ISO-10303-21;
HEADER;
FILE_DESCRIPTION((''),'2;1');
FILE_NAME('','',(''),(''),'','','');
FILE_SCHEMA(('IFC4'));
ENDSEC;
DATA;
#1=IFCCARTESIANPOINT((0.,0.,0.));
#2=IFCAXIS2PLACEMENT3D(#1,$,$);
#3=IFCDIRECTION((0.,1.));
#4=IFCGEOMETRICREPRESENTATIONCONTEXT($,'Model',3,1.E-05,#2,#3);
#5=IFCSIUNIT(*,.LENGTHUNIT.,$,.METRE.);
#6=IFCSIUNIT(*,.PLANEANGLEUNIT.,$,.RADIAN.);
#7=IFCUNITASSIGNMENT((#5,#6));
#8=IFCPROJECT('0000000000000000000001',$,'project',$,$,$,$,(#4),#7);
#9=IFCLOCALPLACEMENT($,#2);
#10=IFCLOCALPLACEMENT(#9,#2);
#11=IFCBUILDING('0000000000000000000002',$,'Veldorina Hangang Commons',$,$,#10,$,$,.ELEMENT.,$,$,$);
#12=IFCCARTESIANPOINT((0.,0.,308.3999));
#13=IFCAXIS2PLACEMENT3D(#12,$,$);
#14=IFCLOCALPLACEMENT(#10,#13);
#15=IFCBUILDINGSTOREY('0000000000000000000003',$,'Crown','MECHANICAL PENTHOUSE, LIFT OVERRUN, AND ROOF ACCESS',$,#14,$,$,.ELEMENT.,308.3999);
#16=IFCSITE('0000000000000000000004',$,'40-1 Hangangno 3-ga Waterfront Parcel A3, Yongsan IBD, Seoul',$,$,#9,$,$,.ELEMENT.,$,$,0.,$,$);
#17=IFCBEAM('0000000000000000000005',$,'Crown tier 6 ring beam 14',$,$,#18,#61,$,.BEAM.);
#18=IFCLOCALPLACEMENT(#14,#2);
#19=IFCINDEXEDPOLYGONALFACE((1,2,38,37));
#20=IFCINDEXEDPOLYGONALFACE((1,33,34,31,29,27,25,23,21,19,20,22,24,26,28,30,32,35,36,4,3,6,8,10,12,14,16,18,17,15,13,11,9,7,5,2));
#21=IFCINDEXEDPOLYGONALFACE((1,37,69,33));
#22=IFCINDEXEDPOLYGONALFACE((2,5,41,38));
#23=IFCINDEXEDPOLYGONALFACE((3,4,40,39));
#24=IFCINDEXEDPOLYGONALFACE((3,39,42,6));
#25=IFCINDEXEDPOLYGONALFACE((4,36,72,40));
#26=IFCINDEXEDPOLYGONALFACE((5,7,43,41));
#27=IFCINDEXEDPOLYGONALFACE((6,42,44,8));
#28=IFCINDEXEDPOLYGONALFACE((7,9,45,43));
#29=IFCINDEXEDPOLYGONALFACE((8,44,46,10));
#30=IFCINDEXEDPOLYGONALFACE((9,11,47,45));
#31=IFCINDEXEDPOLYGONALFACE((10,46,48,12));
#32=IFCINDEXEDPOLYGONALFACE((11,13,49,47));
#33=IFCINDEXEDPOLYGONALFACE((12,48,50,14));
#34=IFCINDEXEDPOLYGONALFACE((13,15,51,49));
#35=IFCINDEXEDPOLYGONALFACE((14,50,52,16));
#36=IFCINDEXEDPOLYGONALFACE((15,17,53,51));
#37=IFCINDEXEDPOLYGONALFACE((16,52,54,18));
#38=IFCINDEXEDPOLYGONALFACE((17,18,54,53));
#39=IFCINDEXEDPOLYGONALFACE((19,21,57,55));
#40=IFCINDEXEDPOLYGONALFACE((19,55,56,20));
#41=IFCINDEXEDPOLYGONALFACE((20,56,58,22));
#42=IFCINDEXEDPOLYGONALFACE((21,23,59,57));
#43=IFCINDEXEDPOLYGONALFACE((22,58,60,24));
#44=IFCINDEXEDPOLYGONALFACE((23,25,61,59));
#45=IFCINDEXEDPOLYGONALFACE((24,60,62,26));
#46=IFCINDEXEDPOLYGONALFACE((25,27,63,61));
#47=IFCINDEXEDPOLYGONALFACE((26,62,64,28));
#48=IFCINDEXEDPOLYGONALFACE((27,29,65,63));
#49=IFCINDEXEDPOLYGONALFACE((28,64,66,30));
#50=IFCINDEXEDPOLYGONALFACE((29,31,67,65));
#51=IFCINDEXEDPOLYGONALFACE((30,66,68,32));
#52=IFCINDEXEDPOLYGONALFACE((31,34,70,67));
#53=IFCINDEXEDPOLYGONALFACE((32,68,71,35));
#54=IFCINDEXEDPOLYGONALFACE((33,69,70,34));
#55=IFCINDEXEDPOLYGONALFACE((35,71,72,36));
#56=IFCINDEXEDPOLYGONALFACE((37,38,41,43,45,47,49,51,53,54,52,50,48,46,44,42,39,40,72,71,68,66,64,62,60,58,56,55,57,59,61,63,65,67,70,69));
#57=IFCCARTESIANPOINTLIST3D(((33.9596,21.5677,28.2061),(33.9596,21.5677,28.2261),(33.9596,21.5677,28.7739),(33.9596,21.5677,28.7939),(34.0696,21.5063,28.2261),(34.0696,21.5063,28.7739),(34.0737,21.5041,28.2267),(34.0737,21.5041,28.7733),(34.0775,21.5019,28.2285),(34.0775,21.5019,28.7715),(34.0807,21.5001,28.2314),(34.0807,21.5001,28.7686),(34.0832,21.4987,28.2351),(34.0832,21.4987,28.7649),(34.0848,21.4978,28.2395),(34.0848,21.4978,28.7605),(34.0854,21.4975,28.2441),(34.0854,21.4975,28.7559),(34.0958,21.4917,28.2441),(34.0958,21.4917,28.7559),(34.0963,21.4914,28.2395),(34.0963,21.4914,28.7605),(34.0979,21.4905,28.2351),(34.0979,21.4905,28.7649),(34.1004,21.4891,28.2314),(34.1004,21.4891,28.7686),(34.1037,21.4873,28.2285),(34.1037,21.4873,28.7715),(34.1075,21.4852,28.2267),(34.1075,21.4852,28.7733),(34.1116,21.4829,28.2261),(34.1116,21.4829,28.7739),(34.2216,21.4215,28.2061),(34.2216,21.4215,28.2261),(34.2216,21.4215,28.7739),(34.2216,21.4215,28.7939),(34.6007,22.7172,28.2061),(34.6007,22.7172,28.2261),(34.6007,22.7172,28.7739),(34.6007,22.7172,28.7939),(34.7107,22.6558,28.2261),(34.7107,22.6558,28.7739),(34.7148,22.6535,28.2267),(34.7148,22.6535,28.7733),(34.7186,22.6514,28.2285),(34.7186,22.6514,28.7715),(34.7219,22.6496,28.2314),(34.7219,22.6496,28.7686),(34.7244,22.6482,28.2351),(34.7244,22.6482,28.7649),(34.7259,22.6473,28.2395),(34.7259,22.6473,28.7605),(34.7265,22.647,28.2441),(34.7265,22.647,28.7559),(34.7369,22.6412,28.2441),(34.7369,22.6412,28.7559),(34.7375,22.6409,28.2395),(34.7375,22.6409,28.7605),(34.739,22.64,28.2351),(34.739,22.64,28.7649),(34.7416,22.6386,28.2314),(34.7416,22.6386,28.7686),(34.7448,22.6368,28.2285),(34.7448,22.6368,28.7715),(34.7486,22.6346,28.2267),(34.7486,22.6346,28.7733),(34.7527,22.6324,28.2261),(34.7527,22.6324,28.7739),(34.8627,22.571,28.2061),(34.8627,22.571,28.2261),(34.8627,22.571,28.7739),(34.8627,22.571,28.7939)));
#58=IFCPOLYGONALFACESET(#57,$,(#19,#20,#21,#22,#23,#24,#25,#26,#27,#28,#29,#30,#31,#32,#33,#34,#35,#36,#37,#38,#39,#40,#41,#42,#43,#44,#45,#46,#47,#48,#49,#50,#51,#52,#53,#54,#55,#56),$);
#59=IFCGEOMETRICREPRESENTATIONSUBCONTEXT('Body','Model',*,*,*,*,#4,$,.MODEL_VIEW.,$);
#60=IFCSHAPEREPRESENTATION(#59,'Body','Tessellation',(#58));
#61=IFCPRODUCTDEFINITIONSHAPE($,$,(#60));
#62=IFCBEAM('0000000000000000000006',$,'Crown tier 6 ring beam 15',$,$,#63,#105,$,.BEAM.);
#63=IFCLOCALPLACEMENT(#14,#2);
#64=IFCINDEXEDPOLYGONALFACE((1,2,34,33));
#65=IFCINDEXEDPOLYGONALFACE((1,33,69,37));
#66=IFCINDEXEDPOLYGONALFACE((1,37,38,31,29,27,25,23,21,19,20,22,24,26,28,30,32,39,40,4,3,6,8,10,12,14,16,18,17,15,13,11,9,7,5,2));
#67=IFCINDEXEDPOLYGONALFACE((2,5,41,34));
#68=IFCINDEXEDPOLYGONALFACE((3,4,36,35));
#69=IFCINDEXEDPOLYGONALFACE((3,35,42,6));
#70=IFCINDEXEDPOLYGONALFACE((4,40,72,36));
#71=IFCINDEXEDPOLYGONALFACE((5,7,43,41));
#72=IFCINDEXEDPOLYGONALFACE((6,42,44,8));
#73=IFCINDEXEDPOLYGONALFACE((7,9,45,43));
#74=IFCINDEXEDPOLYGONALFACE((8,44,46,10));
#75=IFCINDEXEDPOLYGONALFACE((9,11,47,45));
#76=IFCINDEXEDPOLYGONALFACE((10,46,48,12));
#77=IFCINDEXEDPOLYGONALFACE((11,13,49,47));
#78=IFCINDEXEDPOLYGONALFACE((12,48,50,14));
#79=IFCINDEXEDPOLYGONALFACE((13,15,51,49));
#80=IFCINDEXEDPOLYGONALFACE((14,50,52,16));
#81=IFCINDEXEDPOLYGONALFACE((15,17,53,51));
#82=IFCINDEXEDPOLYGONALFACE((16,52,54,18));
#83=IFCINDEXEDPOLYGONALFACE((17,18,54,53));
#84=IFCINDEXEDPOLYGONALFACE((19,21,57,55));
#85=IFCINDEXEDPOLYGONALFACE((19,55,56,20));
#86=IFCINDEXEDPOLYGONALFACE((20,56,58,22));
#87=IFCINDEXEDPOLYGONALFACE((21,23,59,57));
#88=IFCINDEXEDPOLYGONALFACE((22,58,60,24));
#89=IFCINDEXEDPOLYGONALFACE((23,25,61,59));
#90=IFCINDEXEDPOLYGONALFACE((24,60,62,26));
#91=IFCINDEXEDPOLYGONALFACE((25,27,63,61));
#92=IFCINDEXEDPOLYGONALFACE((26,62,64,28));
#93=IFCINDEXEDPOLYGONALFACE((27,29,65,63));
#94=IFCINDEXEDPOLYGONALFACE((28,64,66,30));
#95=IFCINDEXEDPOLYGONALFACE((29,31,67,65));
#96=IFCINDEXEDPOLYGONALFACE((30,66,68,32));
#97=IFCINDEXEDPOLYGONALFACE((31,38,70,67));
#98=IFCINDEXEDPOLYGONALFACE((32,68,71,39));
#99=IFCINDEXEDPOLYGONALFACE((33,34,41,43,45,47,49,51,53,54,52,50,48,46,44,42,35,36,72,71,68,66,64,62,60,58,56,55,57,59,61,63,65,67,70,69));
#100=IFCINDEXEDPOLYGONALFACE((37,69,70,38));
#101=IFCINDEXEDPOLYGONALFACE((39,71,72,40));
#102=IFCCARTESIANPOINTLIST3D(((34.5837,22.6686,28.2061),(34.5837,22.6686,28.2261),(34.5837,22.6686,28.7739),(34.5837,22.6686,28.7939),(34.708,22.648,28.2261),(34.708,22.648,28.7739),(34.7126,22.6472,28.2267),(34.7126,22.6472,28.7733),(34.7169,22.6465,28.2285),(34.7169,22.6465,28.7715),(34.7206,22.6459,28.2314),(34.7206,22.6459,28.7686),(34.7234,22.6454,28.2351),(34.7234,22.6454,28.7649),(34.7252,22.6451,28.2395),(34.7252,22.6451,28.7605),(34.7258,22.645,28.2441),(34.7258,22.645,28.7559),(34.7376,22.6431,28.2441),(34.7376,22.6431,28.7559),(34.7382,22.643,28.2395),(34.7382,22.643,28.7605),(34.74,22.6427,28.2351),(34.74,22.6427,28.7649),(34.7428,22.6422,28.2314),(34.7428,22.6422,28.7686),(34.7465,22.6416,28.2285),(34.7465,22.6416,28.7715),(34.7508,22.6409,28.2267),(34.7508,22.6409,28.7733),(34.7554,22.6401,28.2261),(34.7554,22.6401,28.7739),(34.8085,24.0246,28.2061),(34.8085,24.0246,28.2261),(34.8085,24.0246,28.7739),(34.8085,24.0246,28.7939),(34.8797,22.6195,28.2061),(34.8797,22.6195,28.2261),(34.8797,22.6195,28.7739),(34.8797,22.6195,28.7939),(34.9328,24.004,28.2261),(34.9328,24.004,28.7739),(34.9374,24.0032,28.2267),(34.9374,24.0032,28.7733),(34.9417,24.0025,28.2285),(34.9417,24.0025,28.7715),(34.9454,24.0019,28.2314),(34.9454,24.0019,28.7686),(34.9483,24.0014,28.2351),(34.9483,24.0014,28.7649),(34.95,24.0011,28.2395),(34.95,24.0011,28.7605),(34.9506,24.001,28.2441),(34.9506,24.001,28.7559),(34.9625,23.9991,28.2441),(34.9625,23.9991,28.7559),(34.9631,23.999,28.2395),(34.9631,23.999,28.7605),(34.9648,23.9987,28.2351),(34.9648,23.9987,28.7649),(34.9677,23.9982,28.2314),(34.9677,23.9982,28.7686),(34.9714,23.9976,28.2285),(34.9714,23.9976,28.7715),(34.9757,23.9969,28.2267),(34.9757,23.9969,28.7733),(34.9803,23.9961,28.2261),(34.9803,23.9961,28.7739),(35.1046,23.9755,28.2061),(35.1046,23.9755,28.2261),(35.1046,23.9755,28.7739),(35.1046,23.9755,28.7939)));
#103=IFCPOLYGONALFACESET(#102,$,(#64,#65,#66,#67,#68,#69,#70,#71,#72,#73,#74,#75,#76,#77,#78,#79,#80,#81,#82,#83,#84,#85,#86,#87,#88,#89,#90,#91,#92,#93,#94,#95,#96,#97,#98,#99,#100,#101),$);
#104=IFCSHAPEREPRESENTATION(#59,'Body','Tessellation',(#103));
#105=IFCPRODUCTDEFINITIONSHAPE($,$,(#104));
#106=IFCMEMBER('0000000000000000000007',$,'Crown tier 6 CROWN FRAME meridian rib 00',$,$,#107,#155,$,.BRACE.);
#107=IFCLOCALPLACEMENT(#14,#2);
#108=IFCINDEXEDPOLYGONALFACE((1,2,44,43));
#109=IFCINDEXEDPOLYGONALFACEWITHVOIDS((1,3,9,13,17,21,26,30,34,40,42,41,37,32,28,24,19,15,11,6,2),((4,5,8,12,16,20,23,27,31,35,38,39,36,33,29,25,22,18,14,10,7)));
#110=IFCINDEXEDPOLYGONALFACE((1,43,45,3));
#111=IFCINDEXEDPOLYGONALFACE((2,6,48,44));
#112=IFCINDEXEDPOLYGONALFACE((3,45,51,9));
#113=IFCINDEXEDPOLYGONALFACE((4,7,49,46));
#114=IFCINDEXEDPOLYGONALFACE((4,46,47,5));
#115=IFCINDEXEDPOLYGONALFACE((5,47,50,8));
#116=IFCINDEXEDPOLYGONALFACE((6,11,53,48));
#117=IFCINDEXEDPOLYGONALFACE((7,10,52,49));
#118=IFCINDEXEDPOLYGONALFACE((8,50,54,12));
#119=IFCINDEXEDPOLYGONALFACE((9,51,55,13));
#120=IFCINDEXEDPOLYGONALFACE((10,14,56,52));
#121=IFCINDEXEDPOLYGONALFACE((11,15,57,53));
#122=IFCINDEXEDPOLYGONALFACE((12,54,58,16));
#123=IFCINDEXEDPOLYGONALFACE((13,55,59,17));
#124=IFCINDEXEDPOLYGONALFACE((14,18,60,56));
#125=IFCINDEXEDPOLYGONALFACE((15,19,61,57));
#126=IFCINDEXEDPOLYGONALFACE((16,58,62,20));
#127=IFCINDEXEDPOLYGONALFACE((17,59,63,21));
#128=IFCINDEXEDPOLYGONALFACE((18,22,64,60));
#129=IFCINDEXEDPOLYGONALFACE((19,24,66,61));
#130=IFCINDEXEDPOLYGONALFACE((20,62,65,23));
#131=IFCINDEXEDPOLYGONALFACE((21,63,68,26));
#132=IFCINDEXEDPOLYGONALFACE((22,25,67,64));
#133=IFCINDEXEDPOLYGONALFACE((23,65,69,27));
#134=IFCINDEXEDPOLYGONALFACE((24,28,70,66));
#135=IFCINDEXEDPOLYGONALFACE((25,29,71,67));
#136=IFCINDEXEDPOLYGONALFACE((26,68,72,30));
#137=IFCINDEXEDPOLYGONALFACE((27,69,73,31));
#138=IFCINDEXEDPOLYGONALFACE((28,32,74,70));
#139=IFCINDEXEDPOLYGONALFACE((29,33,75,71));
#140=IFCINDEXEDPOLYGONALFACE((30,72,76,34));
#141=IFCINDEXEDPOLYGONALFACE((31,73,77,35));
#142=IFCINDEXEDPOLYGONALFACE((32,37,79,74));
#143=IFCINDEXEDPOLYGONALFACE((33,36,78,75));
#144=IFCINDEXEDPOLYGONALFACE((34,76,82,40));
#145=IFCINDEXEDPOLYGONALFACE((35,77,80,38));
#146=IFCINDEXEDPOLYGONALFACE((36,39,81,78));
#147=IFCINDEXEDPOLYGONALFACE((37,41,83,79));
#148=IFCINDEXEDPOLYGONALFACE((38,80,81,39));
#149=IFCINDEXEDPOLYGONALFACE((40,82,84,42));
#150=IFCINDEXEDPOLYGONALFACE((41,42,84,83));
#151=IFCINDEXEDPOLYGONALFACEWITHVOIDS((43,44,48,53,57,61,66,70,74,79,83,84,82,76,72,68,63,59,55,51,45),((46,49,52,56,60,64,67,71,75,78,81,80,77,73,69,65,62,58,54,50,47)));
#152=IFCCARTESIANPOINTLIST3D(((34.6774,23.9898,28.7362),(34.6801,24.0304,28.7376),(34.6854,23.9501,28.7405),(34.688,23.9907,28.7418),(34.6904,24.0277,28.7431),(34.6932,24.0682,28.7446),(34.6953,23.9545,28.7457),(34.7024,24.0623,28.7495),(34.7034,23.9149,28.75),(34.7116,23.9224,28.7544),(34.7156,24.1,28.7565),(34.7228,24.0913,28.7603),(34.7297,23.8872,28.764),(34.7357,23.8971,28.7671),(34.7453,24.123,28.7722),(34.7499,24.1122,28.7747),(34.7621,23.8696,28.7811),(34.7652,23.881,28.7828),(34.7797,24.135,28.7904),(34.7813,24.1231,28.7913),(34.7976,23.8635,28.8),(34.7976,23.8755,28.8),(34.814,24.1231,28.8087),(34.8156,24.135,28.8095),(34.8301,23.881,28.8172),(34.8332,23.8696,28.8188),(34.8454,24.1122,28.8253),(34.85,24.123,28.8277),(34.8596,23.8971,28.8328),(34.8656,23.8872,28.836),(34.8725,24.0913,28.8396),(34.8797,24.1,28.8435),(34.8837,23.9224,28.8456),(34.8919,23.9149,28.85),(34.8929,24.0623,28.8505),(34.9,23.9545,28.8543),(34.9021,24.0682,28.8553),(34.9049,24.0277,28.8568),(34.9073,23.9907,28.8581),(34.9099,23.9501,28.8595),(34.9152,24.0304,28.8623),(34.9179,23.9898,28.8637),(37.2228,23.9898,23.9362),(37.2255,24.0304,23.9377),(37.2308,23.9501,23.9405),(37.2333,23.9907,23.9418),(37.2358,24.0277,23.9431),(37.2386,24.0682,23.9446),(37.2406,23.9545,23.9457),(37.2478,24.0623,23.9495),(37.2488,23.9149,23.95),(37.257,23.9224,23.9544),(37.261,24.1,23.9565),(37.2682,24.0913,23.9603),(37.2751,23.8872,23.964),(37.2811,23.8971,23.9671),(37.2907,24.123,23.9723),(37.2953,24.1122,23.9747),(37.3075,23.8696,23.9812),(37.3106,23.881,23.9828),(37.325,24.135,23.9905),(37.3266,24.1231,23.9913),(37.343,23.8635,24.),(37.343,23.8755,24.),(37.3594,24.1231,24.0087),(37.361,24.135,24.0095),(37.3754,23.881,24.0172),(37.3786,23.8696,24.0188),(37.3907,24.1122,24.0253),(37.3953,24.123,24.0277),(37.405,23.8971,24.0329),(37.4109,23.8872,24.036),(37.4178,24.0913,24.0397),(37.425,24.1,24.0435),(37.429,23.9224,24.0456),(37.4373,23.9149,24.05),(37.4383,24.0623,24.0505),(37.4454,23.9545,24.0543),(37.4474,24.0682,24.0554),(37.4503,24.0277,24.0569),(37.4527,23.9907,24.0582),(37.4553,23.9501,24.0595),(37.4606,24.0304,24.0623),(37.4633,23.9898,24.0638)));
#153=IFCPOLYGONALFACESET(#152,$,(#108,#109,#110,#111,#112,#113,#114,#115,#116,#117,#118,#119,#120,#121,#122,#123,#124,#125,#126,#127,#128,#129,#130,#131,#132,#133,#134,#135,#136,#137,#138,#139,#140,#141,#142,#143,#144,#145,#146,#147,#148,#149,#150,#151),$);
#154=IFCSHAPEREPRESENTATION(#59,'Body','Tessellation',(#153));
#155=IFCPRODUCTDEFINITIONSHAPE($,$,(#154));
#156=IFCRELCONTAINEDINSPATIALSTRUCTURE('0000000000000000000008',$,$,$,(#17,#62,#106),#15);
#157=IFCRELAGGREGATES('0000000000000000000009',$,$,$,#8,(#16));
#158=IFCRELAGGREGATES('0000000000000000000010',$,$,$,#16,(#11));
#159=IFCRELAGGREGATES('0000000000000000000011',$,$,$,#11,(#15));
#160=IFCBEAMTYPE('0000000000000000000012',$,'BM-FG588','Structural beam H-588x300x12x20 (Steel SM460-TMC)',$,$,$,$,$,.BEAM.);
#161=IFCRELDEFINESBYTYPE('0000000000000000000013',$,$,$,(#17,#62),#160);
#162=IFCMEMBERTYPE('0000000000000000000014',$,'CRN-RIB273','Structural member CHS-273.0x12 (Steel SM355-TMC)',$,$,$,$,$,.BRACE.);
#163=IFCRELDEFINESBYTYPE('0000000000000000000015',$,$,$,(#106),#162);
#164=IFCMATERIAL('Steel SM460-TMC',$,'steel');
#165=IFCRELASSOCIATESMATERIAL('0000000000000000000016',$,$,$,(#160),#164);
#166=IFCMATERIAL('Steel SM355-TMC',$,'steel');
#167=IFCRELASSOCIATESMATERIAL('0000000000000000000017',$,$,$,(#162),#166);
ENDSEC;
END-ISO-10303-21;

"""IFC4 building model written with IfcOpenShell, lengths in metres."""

from ifc_helpers import new_model, si_unit, direction, frame, origin, origin_2d, place, context, subcontext, project, spatial, hollow_circle, i_section, extrude, material, material_profile, profile_set, type_object, element, save


model = new_model("IFC4")

# Units and contexts
model_context = context("Model", 3, precision=1e-05, world=origin(), true_north=direction((0.0, 1.0)))
body_context = subcontext(model_context, "Body", "Model", "MODEL_VIEW")
ifc_project = project(units=[si_unit("LENGTHUNIT", "METRE"), si_unit("PLANEANGLEUNIT", "RADIAN")], contexts=[model_context])

# Site, building, storey
site_placement = place(None, origin())
site = spatial("IfcSite", under=ifc_project, at=site_placement, Name="40-1 Hangangno 3-ga Waterfront Parcel A3, Yongsan IBD, Seoul", CompositionType="ELEMENT", RefElevation=0.0)
building_placement = place(site_placement, origin())
building = spatial("IfcBuilding", under=site, at=building_placement, Name="Veldorina Hangang Commons", CompositionType="ELEMENT")
storey_placement = place(building_placement, frame((0.0, 0.0, 308.3999)))
storey = spatial("IfcBuildingStorey", under=building, at=storey_placement, Name="Crown", Description="MECHANICAL PENTHOUSE, LIFT OVERRUN, AND ROOF ACCESS", CompositionType="ELEMENT", Elevation=308.3999)

# Beams
ifc_material_1 = material(Name="Steel SM460-TMC", Category="steel")
ifc_material_profile_1 = material_profile(ifc_material_1, i_section(OverallWidth=0.3, OverallDepth=0.5879, WebThickness=0.012, FlangeThickness=0.02, FilletRadius=0.0181, at=origin_2d()), Name="H-588x300x12x20")
ifc_profile_set_1 = profile_set([ifc_material_profile_1], Name="Steel SM460-TMC")
beam_type = type_object("IfcBeamType", Name="BM-FG588", Description="Structural beam H-588x300x12x20 (Steel SM460-TMC)", PredefinedType="BEAM", material=ifc_profile_set_1)
beam_1_placement = place(storey_placement, frame((34.0906, 21.4946, 28.5), z_axis=(0.487123, 0.873334, 0.0), x_axis=(-0.873334, 0.487123, 0.0)))
element("IfcBeam", 1, at=beam_1_placement, inside=storey, type_object=beam_type, Name="Crown tier 6 ring beam 14", PredefinedType="BEAM", context=body_context, shape_type="SweptSolid", body=[
    extrude(i_section(OverallWidth=0.3, OverallDepth=0.5879, WebThickness=0.012, FlangeThickness=0.02, FilletRadius=0.0181, at=origin_2d()), origin(), (0.0, 0.0, 1.0), 1.3162),
])
beam_2_placement = place(storey_placement, frame((34.7317, 22.644, 28.5), z_axis=(0.163592, 0.986528, 0.0), x_axis=(-0.986528, 0.163592, 0.0)))
element("IfcBeam", 2, at=beam_2_placement, inside=storey, type_object=beam_type, Name="Crown tier 6 ring beam 15", PredefinedType="BEAM", context=body_context, shape_type="SweptSolid", body=[
    extrude(i_section(OverallWidth=0.3, OverallDepth=0.5879, WebThickness=0.012, FlangeThickness=0.02, FilletRadius=0.0181, at=origin_2d()), origin(), (0.0, 0.0, 1.0), 1.3745),
])

# Member
ifc_material_2 = material(Name="Steel SM355-TMC", Category="steel")
ifc_material_profile_2 = material_profile(ifc_material_2, hollow_circle(Radius=0.1365, WallThickness=0.012, at=origin_2d()), Name="CHS-273.0x12")
ifc_profile_set_2 = profile_set([ifc_material_profile_2], Name="Steel SM355-TMC")
member_type_1 = type_object("IfcMemberType", Name="CRN-RIB273", Description="Structural member CHS-273.0x12 (Steel SM355-TMC)", PredefinedType="BRACE", material=ifc_profile_set_2)
member_1_placement = place(storey_placement, frame((37.343, 24.0, 24.0), z_axis=(-0.468493, 0.0, 0.883467), x_axis=(0.0, -1.0, 0.0)))
element("IfcMember", 3, at=member_1_placement, inside=storey, type_object=member_type_1, Name="Crown tier 6 CROWN FRAME meridian rib 00", PredefinedType="BRACE", context=body_context, shape_type="SweptSolid", body=[
    extrude(hollow_circle(Radius=0.1365, WallThickness=0.012, at=origin_2d()), origin(), (0.0, 0.0, 1.0), 5.4331),
])

save(model, "model.ifc")
